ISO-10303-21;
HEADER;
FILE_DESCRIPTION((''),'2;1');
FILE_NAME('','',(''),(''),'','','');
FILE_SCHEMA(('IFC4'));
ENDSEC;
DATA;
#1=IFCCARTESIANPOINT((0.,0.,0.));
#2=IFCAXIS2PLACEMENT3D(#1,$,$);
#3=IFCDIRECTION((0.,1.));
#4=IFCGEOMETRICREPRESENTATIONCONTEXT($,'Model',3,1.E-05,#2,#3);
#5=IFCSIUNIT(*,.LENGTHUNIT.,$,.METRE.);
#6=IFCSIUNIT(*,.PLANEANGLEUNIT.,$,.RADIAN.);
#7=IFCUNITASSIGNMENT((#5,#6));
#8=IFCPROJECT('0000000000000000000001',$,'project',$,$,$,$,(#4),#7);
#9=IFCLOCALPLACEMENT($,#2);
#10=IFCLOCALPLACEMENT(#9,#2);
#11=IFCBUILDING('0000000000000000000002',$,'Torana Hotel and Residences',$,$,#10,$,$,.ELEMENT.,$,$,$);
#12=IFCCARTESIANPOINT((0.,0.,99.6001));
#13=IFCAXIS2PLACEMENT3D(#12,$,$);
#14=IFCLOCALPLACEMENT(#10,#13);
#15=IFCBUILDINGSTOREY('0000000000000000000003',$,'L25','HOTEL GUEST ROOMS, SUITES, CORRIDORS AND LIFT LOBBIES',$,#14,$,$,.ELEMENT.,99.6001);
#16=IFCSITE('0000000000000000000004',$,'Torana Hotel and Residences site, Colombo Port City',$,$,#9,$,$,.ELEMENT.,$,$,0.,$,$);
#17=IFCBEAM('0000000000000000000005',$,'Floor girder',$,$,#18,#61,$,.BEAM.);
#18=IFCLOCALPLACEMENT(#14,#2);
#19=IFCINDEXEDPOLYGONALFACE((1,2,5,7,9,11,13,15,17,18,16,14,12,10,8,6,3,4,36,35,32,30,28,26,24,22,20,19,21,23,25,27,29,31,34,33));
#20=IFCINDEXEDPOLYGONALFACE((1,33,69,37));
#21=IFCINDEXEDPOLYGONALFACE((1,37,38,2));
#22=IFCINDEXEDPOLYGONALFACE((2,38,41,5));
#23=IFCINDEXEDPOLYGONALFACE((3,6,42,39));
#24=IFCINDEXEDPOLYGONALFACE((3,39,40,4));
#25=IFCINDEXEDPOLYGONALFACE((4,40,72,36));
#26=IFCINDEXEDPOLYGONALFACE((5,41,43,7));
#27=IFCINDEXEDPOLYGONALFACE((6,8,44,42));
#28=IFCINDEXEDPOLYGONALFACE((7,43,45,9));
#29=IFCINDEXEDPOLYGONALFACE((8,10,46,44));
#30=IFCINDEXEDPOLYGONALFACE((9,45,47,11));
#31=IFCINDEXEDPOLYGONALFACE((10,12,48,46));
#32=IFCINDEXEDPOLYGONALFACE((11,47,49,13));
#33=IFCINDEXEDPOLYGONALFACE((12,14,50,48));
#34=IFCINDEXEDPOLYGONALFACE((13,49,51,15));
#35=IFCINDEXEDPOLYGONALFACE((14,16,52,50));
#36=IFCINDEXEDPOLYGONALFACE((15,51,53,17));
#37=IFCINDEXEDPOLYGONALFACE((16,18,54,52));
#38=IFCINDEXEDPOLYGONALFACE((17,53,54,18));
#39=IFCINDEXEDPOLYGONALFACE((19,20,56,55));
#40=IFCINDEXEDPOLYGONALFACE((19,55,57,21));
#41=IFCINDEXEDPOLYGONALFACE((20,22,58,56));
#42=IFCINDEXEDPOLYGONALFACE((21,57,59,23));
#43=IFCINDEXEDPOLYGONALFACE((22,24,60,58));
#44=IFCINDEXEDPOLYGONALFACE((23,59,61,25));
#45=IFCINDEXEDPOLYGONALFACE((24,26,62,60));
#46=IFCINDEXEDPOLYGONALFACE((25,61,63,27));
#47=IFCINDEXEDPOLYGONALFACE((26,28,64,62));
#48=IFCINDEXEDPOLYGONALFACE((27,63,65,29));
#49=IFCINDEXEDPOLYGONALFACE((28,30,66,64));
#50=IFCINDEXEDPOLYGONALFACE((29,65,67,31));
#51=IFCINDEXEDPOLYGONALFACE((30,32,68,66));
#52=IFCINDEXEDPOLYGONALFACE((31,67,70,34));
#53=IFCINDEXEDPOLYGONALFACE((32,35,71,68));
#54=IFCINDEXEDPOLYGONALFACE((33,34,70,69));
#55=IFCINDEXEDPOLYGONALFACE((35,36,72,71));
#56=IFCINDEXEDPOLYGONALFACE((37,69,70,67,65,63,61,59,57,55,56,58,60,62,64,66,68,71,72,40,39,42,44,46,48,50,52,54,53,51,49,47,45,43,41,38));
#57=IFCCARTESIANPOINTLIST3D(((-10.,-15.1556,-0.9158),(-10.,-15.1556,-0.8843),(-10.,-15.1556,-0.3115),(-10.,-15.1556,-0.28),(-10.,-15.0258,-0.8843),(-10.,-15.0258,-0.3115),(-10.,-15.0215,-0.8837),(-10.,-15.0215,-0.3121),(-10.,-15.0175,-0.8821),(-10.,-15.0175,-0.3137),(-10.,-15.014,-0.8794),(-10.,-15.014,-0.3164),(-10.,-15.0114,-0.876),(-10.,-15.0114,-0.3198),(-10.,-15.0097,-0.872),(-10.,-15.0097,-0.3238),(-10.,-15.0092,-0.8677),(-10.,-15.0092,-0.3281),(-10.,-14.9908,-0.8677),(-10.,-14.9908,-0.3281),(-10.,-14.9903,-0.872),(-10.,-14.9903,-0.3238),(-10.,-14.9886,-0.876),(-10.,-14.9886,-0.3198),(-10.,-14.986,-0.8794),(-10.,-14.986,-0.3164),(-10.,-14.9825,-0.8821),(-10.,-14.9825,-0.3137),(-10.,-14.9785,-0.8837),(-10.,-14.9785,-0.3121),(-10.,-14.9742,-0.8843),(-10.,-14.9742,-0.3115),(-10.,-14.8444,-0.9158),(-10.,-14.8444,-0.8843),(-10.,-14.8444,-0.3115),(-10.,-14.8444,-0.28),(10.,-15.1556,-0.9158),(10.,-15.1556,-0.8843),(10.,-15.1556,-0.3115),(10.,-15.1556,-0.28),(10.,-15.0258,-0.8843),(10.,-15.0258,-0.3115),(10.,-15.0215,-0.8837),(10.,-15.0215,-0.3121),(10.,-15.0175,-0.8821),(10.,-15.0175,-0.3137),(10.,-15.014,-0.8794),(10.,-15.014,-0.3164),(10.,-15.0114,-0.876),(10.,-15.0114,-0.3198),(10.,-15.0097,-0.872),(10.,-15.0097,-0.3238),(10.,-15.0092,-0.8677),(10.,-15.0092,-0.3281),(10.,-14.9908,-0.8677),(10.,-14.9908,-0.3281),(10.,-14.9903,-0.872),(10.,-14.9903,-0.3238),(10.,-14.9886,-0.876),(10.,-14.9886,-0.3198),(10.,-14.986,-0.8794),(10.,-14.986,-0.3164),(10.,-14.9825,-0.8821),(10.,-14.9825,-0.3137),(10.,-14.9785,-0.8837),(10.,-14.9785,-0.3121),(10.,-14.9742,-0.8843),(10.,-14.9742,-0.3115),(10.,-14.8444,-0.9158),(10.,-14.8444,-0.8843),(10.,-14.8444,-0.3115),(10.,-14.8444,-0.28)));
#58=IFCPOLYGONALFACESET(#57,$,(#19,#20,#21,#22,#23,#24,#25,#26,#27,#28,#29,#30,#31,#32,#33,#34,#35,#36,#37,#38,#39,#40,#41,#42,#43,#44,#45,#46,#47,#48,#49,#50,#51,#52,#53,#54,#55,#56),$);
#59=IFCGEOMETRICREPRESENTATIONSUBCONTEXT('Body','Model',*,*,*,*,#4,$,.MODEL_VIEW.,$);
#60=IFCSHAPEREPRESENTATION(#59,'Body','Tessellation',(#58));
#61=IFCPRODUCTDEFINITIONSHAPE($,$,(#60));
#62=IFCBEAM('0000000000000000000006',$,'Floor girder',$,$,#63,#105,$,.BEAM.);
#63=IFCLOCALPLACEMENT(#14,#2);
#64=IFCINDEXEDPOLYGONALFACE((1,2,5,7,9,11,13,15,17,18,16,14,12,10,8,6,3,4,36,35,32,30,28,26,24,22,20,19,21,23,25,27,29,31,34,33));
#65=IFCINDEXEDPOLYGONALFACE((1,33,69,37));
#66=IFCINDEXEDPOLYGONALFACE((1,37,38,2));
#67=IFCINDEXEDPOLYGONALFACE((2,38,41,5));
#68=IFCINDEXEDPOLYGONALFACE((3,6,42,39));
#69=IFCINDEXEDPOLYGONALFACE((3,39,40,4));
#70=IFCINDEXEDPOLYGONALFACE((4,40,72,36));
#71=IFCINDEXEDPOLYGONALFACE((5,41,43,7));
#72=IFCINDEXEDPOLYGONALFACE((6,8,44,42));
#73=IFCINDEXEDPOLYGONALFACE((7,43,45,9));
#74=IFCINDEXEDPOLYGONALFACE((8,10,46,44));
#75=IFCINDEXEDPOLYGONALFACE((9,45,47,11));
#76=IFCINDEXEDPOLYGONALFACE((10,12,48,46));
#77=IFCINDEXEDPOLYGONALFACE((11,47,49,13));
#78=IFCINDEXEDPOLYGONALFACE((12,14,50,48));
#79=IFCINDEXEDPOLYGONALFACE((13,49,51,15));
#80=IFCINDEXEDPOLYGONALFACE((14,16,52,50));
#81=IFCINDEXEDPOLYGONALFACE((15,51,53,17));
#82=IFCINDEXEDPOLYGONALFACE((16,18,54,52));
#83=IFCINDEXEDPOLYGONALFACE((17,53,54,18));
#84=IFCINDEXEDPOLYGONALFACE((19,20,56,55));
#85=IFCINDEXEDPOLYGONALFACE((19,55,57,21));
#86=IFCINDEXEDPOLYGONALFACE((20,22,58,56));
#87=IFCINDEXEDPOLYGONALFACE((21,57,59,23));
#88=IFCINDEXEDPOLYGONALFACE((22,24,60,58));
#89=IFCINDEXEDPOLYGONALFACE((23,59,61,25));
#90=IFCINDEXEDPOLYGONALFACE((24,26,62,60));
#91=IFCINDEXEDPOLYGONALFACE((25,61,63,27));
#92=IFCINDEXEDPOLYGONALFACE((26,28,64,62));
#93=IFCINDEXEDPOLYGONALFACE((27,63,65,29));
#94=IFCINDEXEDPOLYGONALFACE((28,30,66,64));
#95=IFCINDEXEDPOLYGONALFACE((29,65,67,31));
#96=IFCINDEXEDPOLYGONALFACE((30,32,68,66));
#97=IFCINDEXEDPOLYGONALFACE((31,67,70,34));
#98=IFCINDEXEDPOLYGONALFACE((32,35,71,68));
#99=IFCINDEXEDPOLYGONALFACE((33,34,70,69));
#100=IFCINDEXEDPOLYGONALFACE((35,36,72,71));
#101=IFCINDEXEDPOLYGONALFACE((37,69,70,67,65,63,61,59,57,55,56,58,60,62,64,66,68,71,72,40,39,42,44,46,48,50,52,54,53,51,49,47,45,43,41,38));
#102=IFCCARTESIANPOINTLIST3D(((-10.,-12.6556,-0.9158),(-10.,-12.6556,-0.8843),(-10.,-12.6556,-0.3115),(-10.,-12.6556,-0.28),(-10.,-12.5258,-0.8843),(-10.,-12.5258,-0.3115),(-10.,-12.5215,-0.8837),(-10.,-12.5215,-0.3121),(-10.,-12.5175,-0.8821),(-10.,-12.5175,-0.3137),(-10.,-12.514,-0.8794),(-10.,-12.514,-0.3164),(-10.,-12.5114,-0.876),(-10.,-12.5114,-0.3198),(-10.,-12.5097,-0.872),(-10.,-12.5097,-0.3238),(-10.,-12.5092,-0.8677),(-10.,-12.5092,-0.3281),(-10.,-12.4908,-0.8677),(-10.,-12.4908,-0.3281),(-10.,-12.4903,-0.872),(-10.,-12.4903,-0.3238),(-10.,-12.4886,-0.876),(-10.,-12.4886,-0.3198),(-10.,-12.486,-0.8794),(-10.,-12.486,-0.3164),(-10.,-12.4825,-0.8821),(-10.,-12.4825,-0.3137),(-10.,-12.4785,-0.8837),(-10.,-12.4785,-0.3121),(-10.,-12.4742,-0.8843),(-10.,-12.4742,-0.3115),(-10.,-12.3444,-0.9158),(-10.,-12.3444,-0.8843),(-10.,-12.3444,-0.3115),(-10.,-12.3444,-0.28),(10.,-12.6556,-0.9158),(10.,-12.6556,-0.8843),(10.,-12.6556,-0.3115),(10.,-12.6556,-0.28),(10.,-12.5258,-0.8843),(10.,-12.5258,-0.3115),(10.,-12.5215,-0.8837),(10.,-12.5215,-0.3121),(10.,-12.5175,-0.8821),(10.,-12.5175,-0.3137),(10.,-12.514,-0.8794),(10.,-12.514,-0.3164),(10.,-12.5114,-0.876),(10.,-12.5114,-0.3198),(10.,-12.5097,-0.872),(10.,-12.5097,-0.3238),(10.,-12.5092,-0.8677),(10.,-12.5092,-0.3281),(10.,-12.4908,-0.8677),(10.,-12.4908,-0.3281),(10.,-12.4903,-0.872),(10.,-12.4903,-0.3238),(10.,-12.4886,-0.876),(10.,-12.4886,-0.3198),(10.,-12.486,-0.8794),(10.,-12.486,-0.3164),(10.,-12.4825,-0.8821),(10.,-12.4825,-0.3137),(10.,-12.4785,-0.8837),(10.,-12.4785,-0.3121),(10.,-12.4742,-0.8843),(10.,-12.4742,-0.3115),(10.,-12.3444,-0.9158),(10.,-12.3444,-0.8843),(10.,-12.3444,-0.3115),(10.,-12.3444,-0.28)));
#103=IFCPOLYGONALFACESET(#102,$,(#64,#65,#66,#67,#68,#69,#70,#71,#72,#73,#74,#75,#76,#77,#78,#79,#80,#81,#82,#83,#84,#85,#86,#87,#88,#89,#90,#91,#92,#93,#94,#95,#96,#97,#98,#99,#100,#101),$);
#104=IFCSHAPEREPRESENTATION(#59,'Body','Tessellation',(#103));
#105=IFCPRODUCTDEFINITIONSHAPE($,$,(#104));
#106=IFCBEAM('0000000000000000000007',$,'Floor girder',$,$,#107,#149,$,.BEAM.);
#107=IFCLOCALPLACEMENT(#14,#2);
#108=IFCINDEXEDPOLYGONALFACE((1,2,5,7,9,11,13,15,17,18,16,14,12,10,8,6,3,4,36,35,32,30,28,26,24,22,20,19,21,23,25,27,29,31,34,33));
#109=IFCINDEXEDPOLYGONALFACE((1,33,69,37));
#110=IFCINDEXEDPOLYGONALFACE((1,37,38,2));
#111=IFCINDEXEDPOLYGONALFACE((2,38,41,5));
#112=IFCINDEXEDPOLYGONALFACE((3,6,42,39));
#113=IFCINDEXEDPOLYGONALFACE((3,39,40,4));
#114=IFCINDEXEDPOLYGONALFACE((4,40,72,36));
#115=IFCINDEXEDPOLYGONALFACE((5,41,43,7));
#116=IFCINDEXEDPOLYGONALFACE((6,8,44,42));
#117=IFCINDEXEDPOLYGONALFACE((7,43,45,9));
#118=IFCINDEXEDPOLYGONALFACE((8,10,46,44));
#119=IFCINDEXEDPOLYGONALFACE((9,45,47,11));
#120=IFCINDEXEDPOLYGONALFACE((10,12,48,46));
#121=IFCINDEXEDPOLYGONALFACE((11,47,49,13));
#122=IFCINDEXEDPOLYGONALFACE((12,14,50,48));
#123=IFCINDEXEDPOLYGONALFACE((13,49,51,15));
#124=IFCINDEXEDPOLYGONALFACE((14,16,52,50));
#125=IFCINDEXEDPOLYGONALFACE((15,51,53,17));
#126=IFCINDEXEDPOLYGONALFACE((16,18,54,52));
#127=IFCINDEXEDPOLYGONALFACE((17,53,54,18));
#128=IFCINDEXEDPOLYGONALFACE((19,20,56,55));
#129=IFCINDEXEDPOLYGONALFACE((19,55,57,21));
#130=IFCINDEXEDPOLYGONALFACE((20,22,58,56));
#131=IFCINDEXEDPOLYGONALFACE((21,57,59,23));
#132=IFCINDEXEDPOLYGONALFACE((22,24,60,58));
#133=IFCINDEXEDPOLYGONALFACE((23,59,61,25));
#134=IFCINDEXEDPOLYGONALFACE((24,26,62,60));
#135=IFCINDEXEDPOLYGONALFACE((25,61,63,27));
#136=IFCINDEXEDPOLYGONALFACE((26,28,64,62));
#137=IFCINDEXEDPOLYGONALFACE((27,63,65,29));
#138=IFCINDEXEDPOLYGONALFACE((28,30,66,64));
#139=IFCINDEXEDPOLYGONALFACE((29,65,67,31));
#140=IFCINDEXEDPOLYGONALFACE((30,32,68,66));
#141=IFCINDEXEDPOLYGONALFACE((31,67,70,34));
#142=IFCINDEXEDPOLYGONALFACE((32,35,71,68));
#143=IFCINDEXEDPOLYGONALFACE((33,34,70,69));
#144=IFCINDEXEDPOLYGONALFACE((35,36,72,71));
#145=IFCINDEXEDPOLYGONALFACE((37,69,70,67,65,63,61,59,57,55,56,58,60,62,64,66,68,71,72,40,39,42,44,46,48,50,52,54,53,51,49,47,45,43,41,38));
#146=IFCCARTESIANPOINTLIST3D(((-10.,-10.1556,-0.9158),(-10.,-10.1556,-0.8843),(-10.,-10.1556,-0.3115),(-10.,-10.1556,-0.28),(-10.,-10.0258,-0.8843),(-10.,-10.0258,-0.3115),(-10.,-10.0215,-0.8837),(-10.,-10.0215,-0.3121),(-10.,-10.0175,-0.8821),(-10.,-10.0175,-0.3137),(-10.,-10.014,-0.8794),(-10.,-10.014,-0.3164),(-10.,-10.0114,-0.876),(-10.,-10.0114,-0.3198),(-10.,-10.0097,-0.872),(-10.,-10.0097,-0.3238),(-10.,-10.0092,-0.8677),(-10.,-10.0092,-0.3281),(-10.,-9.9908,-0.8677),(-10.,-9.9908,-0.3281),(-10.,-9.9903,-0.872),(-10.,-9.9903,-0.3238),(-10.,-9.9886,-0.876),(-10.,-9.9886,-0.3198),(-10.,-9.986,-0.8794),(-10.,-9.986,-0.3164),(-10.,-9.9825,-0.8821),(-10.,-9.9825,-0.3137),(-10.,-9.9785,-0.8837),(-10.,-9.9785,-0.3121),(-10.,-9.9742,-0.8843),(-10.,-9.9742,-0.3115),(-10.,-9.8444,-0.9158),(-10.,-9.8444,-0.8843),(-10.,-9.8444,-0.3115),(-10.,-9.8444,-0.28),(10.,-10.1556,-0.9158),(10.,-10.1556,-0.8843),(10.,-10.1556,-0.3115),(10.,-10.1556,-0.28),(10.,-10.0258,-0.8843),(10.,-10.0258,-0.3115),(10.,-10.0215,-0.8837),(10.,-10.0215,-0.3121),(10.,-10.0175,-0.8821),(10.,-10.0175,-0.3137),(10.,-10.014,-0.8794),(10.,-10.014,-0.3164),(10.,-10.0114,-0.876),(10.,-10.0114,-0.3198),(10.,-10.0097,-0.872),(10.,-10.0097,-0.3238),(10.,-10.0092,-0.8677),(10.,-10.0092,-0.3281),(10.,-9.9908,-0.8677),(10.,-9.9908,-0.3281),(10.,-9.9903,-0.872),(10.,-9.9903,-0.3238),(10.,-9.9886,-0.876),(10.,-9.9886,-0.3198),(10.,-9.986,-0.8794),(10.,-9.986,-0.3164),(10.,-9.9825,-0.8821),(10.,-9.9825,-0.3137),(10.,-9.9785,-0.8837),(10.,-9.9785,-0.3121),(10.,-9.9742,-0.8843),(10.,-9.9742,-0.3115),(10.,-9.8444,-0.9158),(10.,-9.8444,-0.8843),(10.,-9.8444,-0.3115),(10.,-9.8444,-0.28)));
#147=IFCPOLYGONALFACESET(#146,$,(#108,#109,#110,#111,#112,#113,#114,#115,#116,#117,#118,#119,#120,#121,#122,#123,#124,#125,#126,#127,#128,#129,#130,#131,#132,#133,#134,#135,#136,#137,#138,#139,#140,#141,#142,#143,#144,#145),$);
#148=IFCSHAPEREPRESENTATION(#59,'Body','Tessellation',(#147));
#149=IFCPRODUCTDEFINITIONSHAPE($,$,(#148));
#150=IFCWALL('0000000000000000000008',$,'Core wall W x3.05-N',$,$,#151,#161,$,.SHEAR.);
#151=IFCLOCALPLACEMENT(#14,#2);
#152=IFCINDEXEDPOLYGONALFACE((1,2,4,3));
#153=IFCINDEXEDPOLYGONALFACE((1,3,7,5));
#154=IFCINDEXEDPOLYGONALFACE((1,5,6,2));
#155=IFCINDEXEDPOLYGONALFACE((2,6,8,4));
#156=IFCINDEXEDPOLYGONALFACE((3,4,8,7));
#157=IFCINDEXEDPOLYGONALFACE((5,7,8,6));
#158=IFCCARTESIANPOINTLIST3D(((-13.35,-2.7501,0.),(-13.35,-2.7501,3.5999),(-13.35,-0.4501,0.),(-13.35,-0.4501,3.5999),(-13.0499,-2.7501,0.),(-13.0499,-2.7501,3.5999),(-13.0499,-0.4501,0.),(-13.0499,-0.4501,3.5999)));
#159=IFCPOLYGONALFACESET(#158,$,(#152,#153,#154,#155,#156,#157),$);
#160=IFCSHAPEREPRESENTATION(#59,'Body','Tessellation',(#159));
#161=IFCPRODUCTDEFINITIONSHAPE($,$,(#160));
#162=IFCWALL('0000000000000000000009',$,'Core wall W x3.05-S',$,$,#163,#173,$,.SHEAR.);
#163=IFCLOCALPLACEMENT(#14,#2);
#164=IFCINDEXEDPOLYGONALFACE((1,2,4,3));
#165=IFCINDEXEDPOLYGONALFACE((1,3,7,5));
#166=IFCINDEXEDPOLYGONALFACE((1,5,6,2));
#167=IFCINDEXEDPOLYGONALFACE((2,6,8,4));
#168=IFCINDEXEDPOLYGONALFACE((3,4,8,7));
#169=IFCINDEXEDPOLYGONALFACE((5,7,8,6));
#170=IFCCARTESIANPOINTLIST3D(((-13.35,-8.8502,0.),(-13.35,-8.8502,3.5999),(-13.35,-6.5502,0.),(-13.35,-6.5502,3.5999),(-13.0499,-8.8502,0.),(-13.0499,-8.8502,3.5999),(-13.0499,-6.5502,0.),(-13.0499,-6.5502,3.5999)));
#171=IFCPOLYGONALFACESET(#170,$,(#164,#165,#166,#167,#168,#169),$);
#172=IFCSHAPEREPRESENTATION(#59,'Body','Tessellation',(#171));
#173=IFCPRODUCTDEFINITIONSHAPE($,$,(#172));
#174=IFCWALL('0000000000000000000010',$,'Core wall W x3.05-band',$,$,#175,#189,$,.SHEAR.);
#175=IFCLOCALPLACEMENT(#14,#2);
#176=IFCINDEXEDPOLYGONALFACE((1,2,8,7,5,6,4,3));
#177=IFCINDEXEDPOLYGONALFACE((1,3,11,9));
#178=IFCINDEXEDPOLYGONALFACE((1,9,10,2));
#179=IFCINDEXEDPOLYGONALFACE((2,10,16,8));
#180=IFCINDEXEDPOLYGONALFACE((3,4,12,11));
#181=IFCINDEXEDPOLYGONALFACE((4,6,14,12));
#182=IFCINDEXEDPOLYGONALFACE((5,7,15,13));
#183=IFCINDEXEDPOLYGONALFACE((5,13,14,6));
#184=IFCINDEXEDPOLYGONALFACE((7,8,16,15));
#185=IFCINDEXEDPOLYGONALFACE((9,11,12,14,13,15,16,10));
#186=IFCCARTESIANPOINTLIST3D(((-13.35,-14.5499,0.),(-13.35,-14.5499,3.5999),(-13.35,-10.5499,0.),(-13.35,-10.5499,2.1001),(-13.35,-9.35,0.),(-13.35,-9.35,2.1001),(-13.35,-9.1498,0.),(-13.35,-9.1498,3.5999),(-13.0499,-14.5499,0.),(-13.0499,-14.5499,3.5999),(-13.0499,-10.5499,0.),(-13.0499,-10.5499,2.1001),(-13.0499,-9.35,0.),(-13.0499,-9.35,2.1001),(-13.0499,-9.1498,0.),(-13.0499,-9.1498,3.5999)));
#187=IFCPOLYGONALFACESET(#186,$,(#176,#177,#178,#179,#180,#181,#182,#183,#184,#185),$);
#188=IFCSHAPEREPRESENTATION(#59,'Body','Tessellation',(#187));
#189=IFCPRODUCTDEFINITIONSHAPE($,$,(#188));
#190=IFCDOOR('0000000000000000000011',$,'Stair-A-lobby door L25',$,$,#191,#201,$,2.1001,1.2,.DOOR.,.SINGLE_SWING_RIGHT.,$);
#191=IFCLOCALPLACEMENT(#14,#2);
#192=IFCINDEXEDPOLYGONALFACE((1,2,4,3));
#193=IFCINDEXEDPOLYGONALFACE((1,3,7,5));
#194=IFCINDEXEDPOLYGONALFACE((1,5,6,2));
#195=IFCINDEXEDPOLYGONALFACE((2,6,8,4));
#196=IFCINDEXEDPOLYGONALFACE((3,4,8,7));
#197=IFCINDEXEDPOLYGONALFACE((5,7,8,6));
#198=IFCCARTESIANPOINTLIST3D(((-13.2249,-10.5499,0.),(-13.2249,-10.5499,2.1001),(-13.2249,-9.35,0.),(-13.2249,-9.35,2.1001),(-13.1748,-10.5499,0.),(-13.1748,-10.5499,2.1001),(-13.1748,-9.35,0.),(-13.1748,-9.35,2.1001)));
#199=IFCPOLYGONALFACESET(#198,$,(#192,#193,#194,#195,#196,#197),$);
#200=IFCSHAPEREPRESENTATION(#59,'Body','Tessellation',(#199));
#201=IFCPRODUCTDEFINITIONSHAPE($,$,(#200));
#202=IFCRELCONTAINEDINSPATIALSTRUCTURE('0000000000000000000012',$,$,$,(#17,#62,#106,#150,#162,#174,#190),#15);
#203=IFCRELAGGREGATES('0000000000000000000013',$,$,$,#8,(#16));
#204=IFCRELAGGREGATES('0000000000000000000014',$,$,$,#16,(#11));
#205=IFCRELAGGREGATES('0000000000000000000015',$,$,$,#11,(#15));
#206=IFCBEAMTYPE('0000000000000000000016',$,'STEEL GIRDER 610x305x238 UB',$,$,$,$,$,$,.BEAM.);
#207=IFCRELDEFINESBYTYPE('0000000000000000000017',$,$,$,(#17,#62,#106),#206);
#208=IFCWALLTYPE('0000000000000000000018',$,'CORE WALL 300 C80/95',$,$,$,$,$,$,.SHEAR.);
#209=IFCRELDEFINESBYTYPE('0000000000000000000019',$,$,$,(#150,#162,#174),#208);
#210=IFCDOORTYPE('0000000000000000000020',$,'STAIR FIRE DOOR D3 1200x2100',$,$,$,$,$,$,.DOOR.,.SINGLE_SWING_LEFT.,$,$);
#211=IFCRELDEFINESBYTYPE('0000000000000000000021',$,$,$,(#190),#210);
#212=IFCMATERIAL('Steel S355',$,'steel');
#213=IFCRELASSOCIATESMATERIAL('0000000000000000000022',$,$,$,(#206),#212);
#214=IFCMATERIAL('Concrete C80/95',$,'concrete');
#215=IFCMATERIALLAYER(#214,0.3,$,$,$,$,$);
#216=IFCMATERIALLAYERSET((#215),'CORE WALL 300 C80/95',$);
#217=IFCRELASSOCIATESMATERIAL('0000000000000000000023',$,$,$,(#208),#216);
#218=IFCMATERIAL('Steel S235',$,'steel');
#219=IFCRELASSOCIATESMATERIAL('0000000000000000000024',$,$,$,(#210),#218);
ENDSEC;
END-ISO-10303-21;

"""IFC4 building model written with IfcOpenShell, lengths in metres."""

from ifc_helpers import new_model, si_unit, direction, frame, frame_2d, origin, origin_2d, place, context, subcontext, project, spatial, rectangle, i_section, extrude, material, layer, layer_set, material_profile, profile_set, type_object, element, fill, save


model = new_model("IFC4")

# Units and contexts
model_context = context("Model", 3, precision=1e-05, world=origin(), true_north=direction((0.0, 1.0)))
body_context = subcontext(model_context, "Body", "Model", "MODEL_VIEW")
ifc_project = project(units=[si_unit("LENGTHUNIT", "METRE"), si_unit("PLANEANGLEUNIT", "RADIAN")], contexts=[model_context])

# Site, building, storey
site_placement = place(None, origin())
site = spatial("IfcSite", under=ifc_project, at=site_placement, Name="Torana Hotel and Residences site, Colombo Port City", CompositionType="ELEMENT", RefElevation=0.0)
building_placement = place(site_placement, origin())
building = spatial("IfcBuilding", under=site, at=building_placement, Name="Torana Hotel and Residences", CompositionType="ELEMENT")
storey_placement = place(building_placement, frame((0.0, 0.0, 99.6001)))
storey = spatial("IfcBuildingStorey", under=building, at=storey_placement, Name="L25", Description="HOTEL GUEST ROOMS, SUITES, CORRIDORS AND LIFT LOBBIES", CompositionType="ELEMENT", Elevation=99.6001)

# Beams
ifc_material_1 = material(Name="Steel S355", Category="steel")
ifc_material_profile = material_profile(ifc_material_1, i_section(OverallWidth=0.3113, OverallDepth=0.6357, WebThickness=0.0183, FlangeThickness=0.0315, FilletRadius=0.0166, at=origin_2d()), Name="610x305x238 UB")
ifc_profile_set = profile_set([ifc_material_profile], Name="Steel S355")
beam_type = type_object("IfcBeamType", Name="STEEL GIRDER 610x305x238 UB", PredefinedType="BEAM", material=ifc_profile_set)
for number, where, z_axis, x_axis, name in (
    (1, (-10.0, -15.0, -0.5979), (1.0, 0.0, 0.0), (0.0, 1.0, 0.0), "Floor girder"),
    (2, (-10.0, -12.5, -0.5979), (1.0, 0.0, 0.0), (0.0, 1.0, 0.0), "Floor girder"),
    (3, (-10.0, -10.0, -0.5979), (1.0, 0.0, 0.0), (0.0, 1.0, 0.0), "Floor girder"),
):
    element("IfcBeam", number, at=place(storey_placement, frame(where, z_axis=z_axis, x_axis=x_axis)), inside=storey, type_object=beam_type, Name=name, PredefinedType="BEAM", context=body_context, shape_type="SweptSolid", body=[
        extrude(i_section(OverallWidth=0.3113, OverallDepth=0.6357, WebThickness=0.0183, FlangeThickness=0.0315, FilletRadius=0.0166, at=origin_2d()), origin(), (0.0, 0.0, 1.0), 20.0),
    ])

# Walls
ifc_material_2 = material(Name="Concrete C80/95", Category="concrete")
ifc_layer_1 = layer(ifc_material_2, 0.3)
ifc_layer_set_1 = layer_set([ifc_layer_1], Name="CORE WALL 300 C80/95")
wall_type_1 = type_object("IfcWallType", Name="CORE WALL 300 C80/95", PredefinedType="SHEAR", material=ifc_layer_set_1)
for number, where, z_axis, x_axis, name in (
    (4, (-13.2, -2.75, 0.0), (0.0, 0.0, 1.0), (0.0, 1.0, 0.0), "Core wall W x3.05-N"),
    (5, (-13.2, -8.8501, 0.0), (0.0, 0.0, 1.0), (0.0, 1.0, 0.0), "Core wall W x3.05-S"),
):
    element("IfcWall", number, at=place(storey_placement, frame(where, z_axis=z_axis, x_axis=x_axis)), inside=storey, type_object=wall_type_1, Name=name, PredefinedType="SHEAR", context=body_context, shape_type="SweptSolid", body=[
        extrude(rectangle(XDim=2.3, YDim=0.3, at=frame_2d((1.1499, 0.0))), origin(), (0.0, 0.0, 1.0), 3.5999),
    ])

# Wall, opening, door
wall_1_placement = place(storey_placement, frame((-13.2, -14.55, 0.0), z_axis=(0.0, 0.0, 1.0), x_axis=(0.0, 1.0, 0.0)))
wall_1 = element("IfcWall", 6, at=wall_1_placement, inside=storey, type_object=wall_type_1, Name="Core wall W x3.05-band", PredefinedType="SHEAR", context=body_context, shape_type="SweptSolid", body=[
    extrude(rectangle(XDim=5.4001, YDim=0.3, at=frame_2d((2.7002, 0.0))), origin(), (0.0, 0.0, 1.0), 3.5999),
])
opening_1_placement = place(wall_1_placement, frame((4.0, 0.0, 0.0)))
opening_1 = element("IfcOpeningElement", 7, at=opening_1_placement, cuts=wall_1, PredefinedType="OPENING", context=body_context, shape_type="SweptSolid", body=[
    extrude(rectangle(XDim=1.2, YDim=2.1001, at=frame_2d((0.6001, 1.05))), frame((0.0, 0.1599, 0.0), z_axis=(0.0, -1.0, 0.0), x_axis=(1.0, 0.0, 0.0)), (0.0, 0.0, 1.0), 0.3201),
])
ifc_material_3 = material(Name="Steel S235", Category="steel")
door_type_1 = type_object("IfcDoorType", Name="STAIR FIRE DOOR D3 1200x2100", OperationType="SINGLE_SWING_LEFT", PredefinedType="DOOR", material=ifc_material_3)
door_1_placement = place(opening_1_placement, frame((0.6001, 0.0, 0.0), z_axis=(0.0, 0.0, 1.0), x_axis=(-1.0, 0.0, 0.0)))
door_1 = element("IfcDoor", 8, at=door_1_placement, inside=storey, type_object=door_type_1, Name="Stair-A-lobby door L25", OperationType="SINGLE_SWING_RIGHT", OverallHeight=2.1001, OverallWidth=1.2, PredefinedType="DOOR", context=body_context, shape_type="SweptSolid", body=[
    extrude(rectangle(XDim=1.2, YDim=2.1001, at=frame_2d((0.0, 1.05))), frame((0.0, -0.0249, 0.0), z_axis=(0.0, 1.0, 0.0), x_axis=(-1.0, 0.0, 0.0)), (0.0, 0.0, 1.0), 0.05),
])
fill(opening_1, door_1)

save(model, "model.ifc")
